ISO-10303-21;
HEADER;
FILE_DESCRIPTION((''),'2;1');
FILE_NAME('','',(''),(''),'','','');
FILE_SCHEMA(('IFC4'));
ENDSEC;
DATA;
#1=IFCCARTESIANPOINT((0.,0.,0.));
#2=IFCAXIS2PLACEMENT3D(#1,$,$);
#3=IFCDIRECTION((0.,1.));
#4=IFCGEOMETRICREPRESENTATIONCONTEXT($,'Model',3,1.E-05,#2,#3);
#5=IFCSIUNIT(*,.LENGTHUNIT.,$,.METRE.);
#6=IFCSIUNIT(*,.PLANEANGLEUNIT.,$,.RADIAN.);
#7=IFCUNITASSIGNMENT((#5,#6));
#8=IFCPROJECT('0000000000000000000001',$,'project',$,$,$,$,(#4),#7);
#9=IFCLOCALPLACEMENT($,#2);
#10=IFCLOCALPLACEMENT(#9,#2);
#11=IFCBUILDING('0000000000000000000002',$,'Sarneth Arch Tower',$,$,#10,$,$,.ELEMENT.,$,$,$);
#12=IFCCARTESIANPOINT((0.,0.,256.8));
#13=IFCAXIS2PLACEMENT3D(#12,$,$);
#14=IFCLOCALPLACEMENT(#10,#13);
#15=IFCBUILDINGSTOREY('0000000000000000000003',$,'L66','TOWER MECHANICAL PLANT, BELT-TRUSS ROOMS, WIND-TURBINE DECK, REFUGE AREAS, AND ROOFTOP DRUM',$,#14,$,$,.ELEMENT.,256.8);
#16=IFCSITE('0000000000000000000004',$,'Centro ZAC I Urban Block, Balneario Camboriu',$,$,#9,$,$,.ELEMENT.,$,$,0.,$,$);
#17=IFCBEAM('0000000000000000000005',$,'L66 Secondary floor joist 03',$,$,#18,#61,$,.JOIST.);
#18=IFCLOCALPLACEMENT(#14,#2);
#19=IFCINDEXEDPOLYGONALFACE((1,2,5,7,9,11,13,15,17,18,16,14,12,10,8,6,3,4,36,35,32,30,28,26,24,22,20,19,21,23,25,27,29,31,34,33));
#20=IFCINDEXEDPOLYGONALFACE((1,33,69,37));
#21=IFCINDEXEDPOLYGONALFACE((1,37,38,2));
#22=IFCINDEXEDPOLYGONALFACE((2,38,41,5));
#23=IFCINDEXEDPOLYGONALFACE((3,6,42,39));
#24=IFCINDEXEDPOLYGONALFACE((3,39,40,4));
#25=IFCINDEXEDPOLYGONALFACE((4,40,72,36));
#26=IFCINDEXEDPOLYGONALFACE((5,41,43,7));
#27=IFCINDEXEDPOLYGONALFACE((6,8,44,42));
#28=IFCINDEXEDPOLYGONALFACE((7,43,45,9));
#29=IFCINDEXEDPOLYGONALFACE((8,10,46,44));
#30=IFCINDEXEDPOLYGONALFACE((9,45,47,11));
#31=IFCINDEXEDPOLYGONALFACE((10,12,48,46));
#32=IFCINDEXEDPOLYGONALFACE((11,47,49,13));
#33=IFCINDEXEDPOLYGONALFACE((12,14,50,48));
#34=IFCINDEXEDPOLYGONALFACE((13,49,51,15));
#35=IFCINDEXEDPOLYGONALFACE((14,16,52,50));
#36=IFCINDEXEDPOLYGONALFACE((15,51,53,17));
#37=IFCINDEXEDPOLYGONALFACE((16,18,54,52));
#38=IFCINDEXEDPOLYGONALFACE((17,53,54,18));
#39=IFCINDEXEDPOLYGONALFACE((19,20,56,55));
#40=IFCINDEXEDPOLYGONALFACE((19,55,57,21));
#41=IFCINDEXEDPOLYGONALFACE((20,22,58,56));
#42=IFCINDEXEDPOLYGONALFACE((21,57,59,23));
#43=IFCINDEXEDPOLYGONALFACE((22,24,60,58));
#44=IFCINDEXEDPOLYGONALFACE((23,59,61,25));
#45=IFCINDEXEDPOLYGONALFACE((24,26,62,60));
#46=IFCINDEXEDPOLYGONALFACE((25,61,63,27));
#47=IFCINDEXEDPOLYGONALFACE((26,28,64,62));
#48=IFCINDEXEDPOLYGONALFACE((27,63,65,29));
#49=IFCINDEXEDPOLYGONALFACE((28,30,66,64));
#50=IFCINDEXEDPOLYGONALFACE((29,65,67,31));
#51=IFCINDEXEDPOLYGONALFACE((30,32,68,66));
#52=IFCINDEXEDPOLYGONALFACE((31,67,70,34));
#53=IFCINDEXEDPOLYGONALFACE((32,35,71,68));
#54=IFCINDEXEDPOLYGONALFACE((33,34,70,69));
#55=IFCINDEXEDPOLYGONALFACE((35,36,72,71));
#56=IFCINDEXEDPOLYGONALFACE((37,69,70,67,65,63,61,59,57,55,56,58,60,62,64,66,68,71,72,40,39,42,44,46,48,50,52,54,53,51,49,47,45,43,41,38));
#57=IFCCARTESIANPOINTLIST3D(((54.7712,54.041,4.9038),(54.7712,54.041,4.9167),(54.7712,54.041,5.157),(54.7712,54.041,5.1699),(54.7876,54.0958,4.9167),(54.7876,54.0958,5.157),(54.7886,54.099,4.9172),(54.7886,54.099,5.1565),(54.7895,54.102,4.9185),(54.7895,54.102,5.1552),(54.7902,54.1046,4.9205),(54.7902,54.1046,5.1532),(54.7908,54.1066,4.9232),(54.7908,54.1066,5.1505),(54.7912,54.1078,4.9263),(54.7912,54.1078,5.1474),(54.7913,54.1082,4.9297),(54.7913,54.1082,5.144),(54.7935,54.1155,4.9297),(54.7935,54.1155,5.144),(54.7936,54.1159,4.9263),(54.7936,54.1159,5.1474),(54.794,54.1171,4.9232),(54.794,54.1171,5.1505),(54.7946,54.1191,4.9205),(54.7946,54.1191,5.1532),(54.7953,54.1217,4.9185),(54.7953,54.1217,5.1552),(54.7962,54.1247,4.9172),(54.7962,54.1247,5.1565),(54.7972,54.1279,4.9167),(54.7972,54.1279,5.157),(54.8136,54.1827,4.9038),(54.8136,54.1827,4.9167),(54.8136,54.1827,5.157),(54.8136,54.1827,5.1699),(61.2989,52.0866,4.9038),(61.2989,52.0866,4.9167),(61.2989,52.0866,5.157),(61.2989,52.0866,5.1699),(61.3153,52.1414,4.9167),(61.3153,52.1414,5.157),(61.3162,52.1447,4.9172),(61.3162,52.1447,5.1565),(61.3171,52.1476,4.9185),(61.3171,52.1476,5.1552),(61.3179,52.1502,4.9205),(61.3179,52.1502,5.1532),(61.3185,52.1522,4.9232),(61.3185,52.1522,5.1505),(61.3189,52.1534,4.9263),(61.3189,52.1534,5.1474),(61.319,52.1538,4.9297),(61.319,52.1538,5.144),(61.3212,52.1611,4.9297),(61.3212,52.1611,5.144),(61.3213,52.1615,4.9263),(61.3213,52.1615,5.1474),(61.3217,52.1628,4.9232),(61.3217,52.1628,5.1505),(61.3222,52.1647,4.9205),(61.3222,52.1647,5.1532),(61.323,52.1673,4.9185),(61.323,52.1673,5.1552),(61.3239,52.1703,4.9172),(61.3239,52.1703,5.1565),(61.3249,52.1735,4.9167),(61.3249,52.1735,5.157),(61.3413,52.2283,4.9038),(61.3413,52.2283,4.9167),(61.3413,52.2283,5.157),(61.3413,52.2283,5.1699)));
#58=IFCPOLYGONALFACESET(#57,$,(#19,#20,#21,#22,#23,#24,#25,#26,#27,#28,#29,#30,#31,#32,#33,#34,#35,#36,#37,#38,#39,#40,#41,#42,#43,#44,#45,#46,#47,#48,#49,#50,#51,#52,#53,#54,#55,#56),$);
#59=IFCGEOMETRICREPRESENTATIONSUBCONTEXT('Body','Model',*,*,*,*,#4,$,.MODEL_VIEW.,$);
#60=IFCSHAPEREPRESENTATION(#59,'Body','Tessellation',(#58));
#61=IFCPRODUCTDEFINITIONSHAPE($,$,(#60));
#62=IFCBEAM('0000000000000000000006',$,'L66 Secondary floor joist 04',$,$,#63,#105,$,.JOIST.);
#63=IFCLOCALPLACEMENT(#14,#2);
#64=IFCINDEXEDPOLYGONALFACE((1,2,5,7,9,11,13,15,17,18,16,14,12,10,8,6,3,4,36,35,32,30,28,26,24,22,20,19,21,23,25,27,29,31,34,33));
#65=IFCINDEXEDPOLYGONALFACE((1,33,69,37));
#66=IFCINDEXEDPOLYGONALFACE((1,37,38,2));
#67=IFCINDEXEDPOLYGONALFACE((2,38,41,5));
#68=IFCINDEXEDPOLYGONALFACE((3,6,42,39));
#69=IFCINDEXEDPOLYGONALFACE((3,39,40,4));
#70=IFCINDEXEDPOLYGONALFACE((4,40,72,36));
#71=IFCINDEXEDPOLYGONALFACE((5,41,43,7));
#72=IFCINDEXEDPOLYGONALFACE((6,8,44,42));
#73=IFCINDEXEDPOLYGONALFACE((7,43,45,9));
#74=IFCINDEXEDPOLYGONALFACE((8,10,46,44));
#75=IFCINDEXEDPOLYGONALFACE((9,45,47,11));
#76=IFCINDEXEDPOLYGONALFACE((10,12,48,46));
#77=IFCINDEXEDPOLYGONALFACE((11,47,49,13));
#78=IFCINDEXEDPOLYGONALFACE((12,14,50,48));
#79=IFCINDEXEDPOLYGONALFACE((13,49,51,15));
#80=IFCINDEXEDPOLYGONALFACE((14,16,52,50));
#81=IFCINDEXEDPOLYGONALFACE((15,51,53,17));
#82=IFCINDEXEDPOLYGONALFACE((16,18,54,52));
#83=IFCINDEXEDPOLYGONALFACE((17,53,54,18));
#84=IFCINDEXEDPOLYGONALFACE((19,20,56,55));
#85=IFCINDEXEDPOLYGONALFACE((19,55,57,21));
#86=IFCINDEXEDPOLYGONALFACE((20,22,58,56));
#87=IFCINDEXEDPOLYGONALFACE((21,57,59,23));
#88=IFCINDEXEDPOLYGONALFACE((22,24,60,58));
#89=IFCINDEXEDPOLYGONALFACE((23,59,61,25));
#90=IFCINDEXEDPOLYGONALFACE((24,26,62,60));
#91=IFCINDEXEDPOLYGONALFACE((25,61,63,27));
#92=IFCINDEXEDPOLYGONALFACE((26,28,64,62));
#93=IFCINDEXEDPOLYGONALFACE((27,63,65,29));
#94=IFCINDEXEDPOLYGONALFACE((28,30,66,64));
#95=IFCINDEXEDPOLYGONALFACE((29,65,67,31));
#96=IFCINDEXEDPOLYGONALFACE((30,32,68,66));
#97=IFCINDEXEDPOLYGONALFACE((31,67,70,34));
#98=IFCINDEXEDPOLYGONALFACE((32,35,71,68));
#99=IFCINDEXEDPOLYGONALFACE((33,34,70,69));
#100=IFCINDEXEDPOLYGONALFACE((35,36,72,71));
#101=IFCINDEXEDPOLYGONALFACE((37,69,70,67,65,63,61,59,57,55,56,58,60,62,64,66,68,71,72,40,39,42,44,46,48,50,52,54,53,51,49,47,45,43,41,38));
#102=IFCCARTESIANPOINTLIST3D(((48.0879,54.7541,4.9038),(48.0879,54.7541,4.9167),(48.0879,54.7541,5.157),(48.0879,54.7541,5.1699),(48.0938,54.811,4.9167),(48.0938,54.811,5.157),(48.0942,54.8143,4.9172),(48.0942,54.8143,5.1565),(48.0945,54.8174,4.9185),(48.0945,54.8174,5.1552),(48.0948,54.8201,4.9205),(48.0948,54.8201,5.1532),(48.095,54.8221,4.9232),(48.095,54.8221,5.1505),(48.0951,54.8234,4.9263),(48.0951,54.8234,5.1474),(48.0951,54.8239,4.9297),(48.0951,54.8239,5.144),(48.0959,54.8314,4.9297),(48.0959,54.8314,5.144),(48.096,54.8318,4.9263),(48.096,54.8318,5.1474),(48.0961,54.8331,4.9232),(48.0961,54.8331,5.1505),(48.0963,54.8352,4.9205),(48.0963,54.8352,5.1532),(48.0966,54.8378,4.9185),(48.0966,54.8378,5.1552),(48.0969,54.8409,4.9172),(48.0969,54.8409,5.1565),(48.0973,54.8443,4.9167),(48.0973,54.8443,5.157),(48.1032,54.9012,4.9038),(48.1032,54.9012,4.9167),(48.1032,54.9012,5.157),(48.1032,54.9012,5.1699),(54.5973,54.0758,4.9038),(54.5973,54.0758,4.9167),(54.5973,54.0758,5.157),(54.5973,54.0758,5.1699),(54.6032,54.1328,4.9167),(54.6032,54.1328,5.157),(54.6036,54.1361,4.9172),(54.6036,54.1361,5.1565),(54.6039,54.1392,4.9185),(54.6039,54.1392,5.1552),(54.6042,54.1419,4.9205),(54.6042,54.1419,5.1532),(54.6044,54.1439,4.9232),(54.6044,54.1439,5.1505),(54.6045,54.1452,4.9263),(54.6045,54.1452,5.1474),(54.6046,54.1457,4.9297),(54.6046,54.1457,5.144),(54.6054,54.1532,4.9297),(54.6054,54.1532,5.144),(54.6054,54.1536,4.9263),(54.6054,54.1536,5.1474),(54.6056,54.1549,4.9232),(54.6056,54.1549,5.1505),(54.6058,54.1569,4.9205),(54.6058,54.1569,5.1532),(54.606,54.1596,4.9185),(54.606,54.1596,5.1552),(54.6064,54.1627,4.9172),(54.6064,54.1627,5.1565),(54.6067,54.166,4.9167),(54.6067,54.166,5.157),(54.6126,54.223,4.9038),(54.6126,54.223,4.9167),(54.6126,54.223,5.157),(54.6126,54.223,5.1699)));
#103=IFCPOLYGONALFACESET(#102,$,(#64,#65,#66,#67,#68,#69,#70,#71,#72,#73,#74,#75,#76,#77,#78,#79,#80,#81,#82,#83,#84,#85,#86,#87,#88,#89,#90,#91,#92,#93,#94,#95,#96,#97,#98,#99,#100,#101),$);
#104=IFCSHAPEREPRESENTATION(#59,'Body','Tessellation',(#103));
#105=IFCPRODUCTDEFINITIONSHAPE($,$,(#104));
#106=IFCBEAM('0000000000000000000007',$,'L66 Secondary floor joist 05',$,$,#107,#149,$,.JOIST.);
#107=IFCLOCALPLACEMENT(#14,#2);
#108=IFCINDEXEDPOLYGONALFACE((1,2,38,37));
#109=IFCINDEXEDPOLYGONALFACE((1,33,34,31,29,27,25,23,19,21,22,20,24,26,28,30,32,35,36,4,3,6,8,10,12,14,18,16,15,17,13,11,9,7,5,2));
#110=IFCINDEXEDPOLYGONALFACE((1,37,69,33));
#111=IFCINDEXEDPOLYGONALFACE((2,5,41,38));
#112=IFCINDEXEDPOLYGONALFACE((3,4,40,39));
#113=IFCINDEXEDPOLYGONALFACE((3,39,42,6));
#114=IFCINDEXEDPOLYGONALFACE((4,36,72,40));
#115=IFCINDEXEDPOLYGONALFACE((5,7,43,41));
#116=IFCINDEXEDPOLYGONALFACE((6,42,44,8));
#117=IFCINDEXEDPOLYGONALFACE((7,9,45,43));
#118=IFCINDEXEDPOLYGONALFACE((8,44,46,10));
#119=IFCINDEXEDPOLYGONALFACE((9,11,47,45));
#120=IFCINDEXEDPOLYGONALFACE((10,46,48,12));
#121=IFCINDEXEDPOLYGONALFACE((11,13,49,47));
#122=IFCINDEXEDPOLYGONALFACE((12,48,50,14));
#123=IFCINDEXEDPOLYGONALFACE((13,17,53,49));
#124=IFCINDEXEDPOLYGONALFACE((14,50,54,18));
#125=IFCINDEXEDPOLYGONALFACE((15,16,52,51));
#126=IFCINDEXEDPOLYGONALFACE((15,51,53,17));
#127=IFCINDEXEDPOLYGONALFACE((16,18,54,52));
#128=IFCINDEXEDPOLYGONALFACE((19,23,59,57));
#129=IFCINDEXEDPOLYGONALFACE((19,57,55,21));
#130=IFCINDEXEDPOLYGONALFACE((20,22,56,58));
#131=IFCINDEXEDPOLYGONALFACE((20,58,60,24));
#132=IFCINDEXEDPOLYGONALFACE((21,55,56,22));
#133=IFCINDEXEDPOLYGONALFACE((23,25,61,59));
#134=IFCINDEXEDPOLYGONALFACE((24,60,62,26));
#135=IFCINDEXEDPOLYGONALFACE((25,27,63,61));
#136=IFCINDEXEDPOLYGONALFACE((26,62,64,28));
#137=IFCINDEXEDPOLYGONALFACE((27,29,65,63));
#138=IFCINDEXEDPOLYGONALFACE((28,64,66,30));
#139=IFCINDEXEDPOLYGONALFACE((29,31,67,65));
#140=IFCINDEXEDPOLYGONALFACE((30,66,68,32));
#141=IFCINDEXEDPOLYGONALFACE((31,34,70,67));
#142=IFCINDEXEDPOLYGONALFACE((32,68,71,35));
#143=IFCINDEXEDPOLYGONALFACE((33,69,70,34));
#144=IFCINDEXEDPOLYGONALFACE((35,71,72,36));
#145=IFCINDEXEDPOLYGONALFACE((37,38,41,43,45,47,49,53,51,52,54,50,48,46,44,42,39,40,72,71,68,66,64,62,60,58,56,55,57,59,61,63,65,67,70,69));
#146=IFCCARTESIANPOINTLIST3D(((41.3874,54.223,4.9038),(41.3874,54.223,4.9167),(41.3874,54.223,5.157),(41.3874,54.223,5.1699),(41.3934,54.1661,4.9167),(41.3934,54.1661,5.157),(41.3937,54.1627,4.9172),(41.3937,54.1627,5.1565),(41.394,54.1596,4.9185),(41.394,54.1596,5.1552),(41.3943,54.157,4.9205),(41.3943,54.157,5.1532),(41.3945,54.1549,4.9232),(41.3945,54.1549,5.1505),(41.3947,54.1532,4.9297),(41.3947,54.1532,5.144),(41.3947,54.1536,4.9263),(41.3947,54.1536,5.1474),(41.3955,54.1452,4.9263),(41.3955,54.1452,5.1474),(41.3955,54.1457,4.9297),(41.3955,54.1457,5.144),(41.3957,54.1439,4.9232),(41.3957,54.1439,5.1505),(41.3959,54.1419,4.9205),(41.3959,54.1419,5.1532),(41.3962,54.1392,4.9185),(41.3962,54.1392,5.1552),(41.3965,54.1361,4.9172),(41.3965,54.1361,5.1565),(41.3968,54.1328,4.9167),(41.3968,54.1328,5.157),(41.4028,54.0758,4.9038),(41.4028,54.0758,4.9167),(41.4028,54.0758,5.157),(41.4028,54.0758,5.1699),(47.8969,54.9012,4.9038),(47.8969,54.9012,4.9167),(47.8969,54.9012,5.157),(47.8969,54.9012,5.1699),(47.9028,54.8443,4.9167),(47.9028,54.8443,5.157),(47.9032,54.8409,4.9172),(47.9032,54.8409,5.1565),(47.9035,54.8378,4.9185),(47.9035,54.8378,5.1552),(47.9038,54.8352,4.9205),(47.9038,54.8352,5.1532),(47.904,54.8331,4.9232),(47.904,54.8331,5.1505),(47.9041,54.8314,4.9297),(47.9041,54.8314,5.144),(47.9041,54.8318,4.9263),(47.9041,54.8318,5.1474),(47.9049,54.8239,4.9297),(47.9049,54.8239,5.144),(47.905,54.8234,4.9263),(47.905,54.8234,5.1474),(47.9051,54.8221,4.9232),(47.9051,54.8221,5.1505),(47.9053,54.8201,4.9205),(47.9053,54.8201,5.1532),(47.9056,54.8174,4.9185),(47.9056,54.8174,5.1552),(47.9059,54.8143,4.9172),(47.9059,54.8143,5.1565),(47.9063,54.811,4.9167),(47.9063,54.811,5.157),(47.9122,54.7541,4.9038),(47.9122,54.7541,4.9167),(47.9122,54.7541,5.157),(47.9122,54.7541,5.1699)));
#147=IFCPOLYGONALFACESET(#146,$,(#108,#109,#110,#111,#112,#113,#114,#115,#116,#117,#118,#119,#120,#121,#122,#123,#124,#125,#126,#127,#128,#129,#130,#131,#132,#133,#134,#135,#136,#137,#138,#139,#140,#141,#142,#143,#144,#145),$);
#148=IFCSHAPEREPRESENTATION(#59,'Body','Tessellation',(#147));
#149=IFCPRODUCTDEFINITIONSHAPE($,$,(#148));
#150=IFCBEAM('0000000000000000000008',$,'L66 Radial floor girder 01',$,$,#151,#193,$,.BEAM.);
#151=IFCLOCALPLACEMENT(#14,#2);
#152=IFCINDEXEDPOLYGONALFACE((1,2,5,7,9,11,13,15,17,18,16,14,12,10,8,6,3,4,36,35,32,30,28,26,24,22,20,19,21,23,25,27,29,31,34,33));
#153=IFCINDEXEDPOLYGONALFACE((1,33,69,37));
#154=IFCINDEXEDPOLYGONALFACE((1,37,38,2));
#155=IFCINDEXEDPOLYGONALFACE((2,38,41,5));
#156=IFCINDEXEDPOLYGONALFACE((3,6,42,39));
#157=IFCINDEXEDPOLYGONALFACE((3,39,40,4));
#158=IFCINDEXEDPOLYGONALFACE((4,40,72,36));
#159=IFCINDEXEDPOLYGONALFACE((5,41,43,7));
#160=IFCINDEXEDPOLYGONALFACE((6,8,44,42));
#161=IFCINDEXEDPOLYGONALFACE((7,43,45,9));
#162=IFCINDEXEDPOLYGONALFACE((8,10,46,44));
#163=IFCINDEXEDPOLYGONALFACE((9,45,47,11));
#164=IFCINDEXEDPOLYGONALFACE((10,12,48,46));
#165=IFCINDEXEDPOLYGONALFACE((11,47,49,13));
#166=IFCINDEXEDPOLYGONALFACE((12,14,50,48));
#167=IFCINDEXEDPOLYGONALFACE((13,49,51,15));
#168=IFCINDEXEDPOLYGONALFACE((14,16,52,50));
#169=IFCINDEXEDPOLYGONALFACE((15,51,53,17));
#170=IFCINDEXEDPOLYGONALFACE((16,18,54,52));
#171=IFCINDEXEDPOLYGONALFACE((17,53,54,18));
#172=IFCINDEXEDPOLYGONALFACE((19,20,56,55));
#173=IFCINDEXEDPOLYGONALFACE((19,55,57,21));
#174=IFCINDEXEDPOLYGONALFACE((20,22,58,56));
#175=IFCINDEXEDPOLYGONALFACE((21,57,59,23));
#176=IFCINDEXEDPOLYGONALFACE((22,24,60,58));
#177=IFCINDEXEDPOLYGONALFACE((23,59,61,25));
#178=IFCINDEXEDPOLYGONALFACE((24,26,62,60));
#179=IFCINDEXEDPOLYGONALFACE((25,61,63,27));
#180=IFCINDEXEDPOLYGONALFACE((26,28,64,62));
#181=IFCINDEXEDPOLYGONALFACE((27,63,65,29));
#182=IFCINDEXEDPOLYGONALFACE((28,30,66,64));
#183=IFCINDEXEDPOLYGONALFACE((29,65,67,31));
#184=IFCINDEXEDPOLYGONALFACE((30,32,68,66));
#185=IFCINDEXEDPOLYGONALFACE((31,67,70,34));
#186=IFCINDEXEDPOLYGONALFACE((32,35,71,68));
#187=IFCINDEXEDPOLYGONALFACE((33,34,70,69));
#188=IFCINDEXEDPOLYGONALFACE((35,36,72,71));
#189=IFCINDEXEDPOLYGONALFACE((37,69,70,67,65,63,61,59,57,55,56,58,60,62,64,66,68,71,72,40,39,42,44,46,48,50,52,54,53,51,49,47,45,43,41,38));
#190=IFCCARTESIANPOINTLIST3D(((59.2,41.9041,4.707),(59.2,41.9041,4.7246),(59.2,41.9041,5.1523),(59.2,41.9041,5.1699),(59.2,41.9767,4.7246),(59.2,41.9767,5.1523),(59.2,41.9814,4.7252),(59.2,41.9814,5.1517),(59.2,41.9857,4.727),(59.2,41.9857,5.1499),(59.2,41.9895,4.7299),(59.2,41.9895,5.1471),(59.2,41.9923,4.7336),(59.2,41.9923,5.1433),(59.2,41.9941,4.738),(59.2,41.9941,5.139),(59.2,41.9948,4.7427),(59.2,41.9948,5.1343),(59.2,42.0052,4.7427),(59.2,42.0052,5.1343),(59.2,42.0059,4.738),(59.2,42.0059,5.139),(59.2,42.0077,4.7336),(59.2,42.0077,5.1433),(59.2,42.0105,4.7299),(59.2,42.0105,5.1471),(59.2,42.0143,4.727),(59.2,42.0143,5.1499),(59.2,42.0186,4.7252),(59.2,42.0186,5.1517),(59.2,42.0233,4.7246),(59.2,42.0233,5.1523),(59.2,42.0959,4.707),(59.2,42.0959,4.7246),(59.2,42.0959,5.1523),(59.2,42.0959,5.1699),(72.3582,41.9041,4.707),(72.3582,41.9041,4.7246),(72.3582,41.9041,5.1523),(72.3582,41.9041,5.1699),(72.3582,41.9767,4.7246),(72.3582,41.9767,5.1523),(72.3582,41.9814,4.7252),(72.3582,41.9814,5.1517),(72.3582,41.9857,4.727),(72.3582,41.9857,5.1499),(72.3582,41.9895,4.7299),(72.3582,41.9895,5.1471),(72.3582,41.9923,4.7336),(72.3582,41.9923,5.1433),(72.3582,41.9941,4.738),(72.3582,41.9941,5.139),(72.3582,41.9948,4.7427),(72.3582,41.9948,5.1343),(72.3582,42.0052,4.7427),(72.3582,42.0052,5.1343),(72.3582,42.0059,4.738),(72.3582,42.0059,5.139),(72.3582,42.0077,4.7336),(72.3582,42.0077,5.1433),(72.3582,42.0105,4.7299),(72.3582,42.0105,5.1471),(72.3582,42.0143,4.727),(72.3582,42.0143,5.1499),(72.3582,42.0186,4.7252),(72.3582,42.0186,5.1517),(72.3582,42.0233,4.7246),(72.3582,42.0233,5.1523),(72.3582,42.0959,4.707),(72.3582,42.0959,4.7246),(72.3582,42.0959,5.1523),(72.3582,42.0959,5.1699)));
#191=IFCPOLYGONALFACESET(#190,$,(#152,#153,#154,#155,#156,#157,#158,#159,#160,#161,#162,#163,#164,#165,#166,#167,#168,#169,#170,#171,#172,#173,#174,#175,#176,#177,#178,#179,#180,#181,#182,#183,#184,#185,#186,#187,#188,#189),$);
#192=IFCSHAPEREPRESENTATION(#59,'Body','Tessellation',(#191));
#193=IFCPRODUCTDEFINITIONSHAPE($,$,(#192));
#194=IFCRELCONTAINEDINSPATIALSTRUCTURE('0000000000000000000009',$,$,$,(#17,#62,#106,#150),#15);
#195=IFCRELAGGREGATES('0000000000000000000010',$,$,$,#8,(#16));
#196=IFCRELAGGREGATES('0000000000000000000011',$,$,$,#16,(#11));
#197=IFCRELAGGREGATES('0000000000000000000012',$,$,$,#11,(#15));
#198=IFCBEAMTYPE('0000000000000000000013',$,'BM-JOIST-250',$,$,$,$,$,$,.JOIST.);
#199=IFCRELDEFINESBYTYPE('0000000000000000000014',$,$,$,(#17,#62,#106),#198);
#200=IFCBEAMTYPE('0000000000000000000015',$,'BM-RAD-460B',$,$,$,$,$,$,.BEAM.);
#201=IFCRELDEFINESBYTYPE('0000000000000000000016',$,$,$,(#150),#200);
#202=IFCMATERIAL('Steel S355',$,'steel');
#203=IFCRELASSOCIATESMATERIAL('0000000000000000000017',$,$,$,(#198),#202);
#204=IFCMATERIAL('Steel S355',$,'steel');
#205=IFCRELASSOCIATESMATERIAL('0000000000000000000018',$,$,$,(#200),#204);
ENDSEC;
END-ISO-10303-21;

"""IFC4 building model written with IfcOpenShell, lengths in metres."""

from ifc_helpers import new_model, si_unit, direction, frame, origin, origin_2d, place, context, subcontext, project, spatial, i_section, extrude, material, material_profile, profile_set, type_object, element, save


model = new_model("IFC4")

# Units and contexts
model_context = context("Model", 3, precision=1e-05, world=origin(), true_north=direction((0.0, 1.0)))
body_context = subcontext(model_context, "Body", "Model", "MODEL_VIEW")
ifc_project = project(units=[si_unit("LENGTHUNIT", "METRE"), si_unit("PLANEANGLEUNIT", "RADIAN")], contexts=[model_context])

# Site, building, storey
site_placement = place(None, origin())
site = spatial("IfcSite", under=ifc_project, at=site_placement, Name="Centro ZAC I Urban Block, Balneario Camboriu", CompositionType="ELEMENT", RefElevation=0.0)
building_placement = place(site_placement, origin())
building = spatial("IfcBuilding", under=site, at=building_placement, Name="Sarneth Arch Tower", CompositionType="ELEMENT")
storey_placement = place(building_placement, frame((0.0, 0.0, 256.8)))
storey = spatial("IfcBuildingStorey", under=building, at=storey_placement, Name="L66", Description="TOWER MECHANICAL PLANT, BELT-TRUSS ROOMS, WIND-TURBINE DECK, REFUGE AREAS, AND ROOFTOP DRUM", CompositionType="ELEMENT", Elevation=256.8)

# Beams
ifc_material_1 = material(Name="Steel S355", Category="steel")
ifc_material_profile_1 = material_profile(ifc_material_1, i_section(OverallWidth=0.1479, OverallDepth=0.2661, WebThickness=0.0076, FlangeThickness=0.0129, FilletRadius=0.0129, at=origin_2d()), Name="W250x44.8")
ifc_profile_set_1 = profile_set([ifc_material_profile_1], Name="Steel S355")
beam_type_1 = type_object("IfcBeamType", Name="BM-JOIST-250", PredefinedType="JOIST", material=ifc_profile_set_1)
beam_1_placement = place(storey_placement, frame((61.3201, 52.1575, 5.0369), z_axis=(-0.957985, 0.286819, 0.0), x_axis=(-0.286819, -0.957985, 0.0)))
element("IfcBeam", 1, at=beam_1_placement, inside=storey, type_object=beam_type_1, Name="L66 Secondary floor joist 03", PredefinedType="JOIST", context=body_context, shape_type="SweptSolid", body=[
    extrude(i_section(OverallWidth=0.1479, OverallDepth=0.2661, WebThickness=0.0076, FlangeThickness=0.0129, FilletRadius=0.0129, at=origin_2d()), origin(), (0.0, 0.0, 1.0), 6.814),
])
for number, where, z_axis, x_axis, name in (
    (2, (54.605, 54.1494, 5.0369), (-0.994616, 0.103628, 0.0), (-0.103628, -0.994616, 0.0), "L66 Secondary floor joist 04"),
    (3, (47.9045, 54.8276, 5.0369), (-0.994616, -0.103628, 0.0), (0.103628, -0.994616, 0.0), "L66 Secondary floor joist 05"),
):
    element("IfcBeam", number, at=place(storey_placement, frame(where, z_axis=z_axis, x_axis=x_axis)), inside=storey, type_object=beam_type_1, Name=name, PredefinedType="JOIST", context=body_context, shape_type="SweptSolid", body=[
        extrude(i_section(OverallWidth=0.1479, OverallDepth=0.2661, WebThickness=0.0076, FlangeThickness=0.0129, FilletRadius=0.0129, at=origin_2d()), origin(), (0.0, 0.0, 1.0), 6.5447),
    ])
ifc_material_2 = material(Name="Steel S355", Category="steel")
ifc_material_profile_2 = material_profile(ifc_material_2, i_section(OverallWidth=0.1919, OverallDepth=0.4629, WebThickness=0.0105, FlangeThickness=0.0176, FilletRadius=0.0181, at=origin_2d()), Name="W460x89")
ifc_profile_set_2 = profile_set([ifc_material_profile_2], Name="Steel S355")
beam_type_2 = type_object("IfcBeamType", Name="BM-RAD-460B", PredefinedType="BEAM", material=ifc_profile_set_2)
beam_2_placement = place(storey_placement, frame((59.2, 42.0, 4.9385), z_axis=(1.0, 0.0, 0.0), x_axis=(0.0, 1.0, 0.0)))
element("IfcBeam", 4, at=beam_2_placement, inside=storey, type_object=beam_type_2, Name="L66 Radial floor girder 01", PredefinedType="BEAM", context=body_context, shape_type="SweptSolid", body=[
    extrude(i_section(OverallWidth=0.1919, OverallDepth=0.4629, WebThickness=0.0105, FlangeThickness=0.0176, FilletRadius=0.0181, at=origin_2d()), origin(), (0.0, 0.0, 1.0), 13.1582),
])

save(model, "model.ifc")
